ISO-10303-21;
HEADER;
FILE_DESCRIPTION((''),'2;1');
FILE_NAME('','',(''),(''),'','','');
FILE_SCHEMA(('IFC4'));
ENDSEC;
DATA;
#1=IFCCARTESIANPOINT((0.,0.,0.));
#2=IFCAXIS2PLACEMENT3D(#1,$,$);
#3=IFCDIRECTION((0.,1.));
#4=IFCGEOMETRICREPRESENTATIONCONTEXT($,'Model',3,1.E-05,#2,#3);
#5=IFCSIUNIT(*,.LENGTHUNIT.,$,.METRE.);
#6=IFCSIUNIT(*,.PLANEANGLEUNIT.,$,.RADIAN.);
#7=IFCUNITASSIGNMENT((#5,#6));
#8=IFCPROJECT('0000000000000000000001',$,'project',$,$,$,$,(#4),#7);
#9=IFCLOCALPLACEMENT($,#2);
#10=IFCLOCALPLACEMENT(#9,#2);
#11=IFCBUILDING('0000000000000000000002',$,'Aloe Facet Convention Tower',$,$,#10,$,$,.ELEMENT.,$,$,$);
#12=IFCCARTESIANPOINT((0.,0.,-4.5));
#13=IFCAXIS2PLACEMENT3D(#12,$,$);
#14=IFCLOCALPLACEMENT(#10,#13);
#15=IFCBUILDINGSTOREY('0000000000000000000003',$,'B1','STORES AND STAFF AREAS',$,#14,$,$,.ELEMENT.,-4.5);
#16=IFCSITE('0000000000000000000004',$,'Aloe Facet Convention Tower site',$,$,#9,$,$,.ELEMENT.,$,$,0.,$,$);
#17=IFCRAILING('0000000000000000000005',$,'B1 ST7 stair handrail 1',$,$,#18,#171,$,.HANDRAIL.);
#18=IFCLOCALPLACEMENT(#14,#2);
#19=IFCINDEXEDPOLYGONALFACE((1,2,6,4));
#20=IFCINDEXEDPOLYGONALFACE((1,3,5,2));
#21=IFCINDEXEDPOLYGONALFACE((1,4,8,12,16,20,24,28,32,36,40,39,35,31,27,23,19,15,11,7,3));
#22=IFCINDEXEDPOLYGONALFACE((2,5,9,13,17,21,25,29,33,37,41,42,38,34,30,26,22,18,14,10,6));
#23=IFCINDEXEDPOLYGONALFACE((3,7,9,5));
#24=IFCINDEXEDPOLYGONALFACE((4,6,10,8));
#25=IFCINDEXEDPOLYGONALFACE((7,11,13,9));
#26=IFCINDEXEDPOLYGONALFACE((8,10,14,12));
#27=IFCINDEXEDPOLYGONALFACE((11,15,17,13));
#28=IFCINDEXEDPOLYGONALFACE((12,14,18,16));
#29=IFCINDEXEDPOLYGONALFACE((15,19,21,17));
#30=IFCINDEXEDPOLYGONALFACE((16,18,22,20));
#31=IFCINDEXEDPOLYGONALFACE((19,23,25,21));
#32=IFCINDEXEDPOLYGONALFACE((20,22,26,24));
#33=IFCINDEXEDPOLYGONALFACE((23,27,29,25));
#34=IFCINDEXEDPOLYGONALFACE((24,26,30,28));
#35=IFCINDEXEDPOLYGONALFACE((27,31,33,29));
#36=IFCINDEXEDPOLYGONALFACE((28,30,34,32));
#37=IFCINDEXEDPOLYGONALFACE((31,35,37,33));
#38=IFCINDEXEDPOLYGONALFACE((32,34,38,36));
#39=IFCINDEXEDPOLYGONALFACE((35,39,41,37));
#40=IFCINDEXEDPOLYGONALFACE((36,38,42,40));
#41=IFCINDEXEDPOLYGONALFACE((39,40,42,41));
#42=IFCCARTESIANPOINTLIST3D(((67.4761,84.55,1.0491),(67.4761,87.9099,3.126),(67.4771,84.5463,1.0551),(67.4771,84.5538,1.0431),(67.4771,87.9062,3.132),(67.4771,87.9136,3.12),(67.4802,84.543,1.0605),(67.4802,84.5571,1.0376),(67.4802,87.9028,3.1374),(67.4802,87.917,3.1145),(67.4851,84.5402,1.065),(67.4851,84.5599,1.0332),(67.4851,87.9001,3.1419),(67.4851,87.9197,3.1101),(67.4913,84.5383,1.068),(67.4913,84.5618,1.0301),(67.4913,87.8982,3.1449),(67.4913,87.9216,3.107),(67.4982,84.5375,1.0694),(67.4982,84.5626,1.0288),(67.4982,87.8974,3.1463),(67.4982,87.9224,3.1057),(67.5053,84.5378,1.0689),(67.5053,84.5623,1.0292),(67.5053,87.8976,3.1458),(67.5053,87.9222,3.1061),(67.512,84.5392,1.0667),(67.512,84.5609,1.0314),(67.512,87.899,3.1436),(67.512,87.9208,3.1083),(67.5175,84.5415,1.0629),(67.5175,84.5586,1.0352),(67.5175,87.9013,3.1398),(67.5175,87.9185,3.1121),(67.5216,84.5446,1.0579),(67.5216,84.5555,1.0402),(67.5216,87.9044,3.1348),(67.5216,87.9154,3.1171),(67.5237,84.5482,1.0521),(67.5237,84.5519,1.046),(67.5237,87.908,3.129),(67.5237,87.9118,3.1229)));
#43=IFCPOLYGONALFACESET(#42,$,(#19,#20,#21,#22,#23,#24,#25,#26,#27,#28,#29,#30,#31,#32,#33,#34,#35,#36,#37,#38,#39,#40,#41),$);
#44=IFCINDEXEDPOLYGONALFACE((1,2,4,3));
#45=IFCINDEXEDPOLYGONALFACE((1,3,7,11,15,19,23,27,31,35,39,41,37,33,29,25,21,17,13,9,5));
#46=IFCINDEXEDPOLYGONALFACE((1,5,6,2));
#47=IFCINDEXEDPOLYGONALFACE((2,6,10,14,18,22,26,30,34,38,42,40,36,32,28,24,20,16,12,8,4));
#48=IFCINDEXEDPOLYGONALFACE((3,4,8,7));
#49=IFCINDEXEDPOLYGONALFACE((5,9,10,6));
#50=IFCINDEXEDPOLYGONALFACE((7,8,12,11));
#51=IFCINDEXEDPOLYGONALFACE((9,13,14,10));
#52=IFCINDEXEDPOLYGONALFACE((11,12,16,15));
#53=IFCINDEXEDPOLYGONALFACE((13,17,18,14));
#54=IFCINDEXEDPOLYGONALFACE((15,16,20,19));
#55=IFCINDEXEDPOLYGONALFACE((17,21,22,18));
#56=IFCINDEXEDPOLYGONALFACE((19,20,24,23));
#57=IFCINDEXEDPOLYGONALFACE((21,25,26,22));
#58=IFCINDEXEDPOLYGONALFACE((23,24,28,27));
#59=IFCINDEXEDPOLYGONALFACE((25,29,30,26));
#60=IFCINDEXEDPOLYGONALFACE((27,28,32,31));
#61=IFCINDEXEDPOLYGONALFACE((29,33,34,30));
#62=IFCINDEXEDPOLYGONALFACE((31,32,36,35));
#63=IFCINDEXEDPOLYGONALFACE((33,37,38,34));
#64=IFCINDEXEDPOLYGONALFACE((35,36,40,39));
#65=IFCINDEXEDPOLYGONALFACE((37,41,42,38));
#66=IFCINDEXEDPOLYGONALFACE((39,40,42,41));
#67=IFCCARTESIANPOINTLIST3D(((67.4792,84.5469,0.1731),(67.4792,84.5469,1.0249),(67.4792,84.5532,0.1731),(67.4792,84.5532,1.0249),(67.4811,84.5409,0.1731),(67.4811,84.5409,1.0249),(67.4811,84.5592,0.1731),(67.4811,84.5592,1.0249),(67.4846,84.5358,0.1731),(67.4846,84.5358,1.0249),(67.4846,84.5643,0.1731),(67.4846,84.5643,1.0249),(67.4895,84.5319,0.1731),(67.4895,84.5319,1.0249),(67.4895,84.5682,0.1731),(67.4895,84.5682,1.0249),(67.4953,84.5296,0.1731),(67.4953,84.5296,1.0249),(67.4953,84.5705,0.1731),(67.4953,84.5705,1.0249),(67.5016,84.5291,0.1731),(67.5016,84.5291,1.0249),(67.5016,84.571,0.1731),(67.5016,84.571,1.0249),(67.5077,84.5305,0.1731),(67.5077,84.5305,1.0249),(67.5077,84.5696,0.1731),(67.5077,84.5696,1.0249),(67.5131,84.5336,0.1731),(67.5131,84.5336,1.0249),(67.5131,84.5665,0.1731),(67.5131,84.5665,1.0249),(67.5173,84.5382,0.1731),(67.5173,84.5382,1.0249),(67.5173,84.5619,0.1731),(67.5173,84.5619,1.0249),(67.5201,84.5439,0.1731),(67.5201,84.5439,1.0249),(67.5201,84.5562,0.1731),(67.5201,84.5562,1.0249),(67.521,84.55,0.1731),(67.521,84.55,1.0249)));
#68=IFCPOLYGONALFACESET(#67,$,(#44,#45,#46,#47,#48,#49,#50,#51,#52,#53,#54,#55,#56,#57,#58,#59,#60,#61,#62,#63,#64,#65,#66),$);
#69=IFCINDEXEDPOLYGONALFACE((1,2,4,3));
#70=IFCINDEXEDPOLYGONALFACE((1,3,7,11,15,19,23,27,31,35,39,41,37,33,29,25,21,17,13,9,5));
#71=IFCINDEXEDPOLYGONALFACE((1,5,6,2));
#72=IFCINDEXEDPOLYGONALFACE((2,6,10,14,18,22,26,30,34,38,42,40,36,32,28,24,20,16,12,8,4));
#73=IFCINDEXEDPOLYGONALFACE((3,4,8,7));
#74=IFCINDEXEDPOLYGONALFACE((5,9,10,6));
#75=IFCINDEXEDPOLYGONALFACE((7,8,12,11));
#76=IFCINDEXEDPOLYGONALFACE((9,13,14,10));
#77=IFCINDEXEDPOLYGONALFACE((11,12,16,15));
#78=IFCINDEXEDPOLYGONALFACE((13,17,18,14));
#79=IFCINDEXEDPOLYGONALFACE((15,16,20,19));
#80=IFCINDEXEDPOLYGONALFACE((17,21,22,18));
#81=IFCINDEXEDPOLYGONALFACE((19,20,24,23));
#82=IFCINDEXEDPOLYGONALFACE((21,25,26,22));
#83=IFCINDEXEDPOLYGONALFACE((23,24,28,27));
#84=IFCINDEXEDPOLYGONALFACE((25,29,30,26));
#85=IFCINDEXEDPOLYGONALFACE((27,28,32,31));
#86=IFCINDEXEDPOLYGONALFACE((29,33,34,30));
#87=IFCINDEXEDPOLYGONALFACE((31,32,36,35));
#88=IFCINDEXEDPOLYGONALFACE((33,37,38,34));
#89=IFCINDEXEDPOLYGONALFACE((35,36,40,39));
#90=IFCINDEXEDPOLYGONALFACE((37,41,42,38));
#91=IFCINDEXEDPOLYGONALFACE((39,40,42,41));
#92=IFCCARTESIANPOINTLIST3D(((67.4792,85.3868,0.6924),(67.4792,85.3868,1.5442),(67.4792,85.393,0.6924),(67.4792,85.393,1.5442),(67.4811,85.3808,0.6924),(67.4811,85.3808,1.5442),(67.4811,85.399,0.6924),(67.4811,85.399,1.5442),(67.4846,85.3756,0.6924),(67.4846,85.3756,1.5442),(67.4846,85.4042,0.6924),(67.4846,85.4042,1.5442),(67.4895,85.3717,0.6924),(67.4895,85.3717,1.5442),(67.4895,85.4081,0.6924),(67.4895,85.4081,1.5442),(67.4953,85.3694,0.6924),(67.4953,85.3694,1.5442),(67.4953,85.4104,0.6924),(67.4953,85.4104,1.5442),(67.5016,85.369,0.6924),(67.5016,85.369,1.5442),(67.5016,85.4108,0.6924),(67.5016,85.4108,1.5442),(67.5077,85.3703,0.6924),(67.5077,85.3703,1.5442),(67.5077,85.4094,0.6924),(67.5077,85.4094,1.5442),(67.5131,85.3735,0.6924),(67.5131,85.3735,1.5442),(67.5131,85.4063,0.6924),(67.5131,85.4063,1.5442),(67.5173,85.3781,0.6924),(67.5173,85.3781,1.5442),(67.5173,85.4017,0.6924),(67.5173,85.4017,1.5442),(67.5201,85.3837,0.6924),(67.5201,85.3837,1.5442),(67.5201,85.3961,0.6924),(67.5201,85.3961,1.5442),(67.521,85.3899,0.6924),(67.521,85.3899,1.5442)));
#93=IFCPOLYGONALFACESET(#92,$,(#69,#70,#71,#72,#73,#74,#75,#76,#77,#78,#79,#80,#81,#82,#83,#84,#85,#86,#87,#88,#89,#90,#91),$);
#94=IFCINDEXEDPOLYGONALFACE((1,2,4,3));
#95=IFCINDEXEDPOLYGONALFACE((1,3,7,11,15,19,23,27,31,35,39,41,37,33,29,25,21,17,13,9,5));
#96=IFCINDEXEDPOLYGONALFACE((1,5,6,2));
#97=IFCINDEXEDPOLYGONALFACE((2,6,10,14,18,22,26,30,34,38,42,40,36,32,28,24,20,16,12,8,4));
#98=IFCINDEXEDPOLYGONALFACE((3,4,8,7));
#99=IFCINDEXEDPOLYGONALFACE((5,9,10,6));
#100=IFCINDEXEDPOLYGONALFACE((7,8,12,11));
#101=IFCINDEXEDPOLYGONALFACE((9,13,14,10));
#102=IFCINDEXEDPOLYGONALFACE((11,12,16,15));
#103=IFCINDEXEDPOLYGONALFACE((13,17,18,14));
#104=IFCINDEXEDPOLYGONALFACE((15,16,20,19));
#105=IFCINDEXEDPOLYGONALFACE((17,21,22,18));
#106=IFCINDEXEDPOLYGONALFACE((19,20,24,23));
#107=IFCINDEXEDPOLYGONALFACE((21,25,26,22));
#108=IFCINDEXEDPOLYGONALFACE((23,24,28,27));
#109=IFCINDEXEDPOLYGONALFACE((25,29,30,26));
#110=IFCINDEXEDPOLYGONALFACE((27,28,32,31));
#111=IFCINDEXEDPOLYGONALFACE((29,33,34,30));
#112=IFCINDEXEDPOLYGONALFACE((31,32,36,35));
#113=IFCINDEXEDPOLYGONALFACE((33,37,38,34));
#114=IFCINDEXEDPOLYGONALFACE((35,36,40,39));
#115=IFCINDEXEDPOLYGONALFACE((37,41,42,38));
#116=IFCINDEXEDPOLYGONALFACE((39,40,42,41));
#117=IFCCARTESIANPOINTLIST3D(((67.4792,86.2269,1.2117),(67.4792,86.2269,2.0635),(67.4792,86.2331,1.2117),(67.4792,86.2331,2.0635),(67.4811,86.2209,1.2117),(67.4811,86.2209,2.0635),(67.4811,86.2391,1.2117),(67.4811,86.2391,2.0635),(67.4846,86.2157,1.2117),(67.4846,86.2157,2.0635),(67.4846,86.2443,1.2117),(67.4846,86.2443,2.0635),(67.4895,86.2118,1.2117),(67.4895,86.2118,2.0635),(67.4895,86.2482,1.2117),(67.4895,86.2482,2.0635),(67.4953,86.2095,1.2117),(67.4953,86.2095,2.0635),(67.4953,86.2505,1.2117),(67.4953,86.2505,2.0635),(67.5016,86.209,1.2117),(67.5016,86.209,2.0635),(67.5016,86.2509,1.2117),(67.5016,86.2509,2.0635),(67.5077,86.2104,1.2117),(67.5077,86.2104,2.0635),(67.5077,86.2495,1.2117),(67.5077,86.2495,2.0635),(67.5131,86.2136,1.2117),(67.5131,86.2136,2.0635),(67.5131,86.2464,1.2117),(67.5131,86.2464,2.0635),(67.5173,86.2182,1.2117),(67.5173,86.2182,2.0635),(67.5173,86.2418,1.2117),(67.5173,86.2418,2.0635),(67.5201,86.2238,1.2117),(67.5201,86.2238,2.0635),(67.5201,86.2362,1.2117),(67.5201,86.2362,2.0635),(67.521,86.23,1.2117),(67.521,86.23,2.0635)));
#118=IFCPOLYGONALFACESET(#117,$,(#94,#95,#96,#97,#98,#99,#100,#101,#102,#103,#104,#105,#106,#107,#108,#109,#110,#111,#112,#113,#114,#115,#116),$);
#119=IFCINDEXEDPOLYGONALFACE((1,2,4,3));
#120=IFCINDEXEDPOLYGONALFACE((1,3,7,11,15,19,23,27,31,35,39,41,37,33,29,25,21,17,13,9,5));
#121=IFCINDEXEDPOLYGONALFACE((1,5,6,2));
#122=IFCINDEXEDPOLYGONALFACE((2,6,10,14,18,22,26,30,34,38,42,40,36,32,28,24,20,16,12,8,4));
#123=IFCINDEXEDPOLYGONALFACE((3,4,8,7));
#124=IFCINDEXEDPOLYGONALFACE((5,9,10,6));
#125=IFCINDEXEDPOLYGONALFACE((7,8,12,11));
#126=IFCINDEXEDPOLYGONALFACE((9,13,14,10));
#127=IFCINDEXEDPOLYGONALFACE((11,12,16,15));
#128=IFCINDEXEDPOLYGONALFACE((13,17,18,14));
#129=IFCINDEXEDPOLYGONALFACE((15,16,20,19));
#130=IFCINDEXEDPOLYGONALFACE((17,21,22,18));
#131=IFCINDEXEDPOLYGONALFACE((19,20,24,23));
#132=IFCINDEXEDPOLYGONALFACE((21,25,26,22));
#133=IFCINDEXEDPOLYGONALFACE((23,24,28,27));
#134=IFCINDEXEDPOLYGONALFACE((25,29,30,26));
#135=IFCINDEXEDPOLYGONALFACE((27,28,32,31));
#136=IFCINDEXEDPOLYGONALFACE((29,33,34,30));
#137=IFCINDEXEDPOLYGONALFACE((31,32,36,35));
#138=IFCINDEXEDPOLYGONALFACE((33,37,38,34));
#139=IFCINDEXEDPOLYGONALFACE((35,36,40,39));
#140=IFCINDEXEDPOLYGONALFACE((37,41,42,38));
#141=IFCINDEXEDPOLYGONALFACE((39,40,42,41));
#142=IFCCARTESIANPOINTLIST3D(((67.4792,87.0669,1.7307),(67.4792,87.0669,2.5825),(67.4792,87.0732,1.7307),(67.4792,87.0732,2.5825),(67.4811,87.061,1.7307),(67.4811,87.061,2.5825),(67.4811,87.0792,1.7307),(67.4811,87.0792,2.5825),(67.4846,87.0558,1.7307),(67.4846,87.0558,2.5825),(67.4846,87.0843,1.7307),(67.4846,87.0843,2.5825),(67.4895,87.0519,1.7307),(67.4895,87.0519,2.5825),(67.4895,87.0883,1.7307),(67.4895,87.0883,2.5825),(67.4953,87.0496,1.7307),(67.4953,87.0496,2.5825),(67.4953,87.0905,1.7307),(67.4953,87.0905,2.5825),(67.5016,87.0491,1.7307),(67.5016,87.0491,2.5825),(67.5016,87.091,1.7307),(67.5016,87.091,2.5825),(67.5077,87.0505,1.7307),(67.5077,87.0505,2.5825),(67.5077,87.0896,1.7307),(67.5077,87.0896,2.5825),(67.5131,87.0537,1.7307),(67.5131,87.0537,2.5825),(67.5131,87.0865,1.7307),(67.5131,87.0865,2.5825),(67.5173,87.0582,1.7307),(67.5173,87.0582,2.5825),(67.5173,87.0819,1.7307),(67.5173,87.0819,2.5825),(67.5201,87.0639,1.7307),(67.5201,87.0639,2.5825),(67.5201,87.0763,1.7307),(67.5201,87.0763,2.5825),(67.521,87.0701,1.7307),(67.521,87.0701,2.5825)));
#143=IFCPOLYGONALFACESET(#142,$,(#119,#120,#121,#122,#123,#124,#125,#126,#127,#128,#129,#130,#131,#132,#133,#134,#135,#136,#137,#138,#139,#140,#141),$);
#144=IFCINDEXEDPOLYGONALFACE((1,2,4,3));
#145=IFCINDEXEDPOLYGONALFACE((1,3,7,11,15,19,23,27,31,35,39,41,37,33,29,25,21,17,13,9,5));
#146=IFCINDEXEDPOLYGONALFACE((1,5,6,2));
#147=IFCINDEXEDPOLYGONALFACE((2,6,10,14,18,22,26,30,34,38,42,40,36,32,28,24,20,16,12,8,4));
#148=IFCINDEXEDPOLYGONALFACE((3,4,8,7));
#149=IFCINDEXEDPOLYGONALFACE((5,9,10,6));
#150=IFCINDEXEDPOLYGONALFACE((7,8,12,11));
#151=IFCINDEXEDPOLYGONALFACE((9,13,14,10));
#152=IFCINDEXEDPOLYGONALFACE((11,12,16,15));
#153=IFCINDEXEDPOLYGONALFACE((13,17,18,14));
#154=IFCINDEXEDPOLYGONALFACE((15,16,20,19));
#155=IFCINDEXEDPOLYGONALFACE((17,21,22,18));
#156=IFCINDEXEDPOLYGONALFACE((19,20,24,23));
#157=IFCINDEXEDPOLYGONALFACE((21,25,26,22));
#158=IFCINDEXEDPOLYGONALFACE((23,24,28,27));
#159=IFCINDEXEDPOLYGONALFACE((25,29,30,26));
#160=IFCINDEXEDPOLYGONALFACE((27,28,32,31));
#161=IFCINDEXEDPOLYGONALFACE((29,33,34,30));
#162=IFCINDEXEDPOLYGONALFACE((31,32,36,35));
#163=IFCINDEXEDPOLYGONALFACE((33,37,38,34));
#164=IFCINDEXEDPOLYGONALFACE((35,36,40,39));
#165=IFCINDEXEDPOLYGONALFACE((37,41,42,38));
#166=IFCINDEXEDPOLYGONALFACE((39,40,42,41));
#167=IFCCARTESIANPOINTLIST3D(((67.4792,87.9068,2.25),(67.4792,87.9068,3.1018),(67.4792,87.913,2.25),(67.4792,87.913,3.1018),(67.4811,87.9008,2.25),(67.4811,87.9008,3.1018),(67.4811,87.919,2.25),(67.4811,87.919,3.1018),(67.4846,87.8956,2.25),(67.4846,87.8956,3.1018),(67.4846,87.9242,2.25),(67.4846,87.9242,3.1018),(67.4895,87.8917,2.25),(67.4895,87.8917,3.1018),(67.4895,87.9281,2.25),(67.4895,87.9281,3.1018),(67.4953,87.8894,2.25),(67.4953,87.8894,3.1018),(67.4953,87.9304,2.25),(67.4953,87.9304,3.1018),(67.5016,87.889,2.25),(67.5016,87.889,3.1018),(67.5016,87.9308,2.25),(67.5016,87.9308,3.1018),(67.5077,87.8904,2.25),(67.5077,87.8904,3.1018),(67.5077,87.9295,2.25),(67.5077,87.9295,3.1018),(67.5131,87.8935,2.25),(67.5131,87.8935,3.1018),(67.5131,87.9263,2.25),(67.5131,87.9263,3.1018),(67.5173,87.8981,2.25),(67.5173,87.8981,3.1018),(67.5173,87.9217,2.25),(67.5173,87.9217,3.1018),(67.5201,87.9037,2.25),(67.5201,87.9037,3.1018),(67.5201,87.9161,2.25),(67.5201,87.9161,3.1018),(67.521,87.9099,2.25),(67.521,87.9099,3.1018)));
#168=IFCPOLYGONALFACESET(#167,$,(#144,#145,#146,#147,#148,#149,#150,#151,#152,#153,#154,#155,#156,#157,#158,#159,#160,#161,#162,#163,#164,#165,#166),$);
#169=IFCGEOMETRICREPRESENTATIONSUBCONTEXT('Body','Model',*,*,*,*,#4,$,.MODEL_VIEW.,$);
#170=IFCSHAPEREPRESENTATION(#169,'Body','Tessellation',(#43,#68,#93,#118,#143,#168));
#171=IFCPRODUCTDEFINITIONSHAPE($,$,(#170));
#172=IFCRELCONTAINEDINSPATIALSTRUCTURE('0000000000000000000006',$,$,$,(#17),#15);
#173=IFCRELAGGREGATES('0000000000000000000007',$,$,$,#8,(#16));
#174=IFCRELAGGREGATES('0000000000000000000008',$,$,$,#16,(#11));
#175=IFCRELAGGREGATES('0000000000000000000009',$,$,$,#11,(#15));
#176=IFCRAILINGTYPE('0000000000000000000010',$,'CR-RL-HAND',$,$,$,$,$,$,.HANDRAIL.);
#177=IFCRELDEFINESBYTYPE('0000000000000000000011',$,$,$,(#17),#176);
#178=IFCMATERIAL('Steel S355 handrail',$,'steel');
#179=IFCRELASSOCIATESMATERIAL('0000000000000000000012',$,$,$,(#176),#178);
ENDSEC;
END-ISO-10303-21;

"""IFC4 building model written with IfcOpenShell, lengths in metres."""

from ifc_helpers import new_model, si_unit, direction, frame, origin, origin_2d, place, context, subcontext, project, spatial, circle, extrude, material, type_object, element, save


model = new_model("IFC4")

# Units and contexts
model_context = context("Model", 3, precision=1e-05, world=origin(), true_north=direction((0.0, 1.0)))
body_context = subcontext(model_context, "Body", "Model", "MODEL_VIEW")
ifc_project = project(units=[si_unit("LENGTHUNIT", "METRE"), si_unit("PLANEANGLEUNIT", "RADIAN")], contexts=[model_context])

# Site, building, storey
site_placement = place(None, origin())
site = spatial("IfcSite", under=ifc_project, at=site_placement, Name="Aloe Facet Convention Tower site", CompositionType="ELEMENT", RefElevation=0.0)
building_placement = place(site_placement, origin())
building = spatial("IfcBuilding", under=site, at=building_placement, Name="Aloe Facet Convention Tower", CompositionType="ELEMENT")
storey_placement = place(building_placement, frame((0.0, 0.0, -4.5)))
storey = spatial("IfcBuildingStorey", under=building, at=storey_placement, Name="B1", Description="STORES AND STAFF AREAS", CompositionType="ELEMENT", Elevation=-4.5)

# Railing
ifc_material_1 = material(Name="Steel S355 handrail", Category="steel")
railing_type_1 = type_object("IfcRailingType", Name="CR-RL-HAND", PredefinedType="HANDRAIL", material=ifc_material_1)
railing_1_placement = place(storey_placement, frame((67.5, 84.55, 0.1731)))
element("IfcRailing", 1, at=railing_1_placement, inside=storey, type_object=railing_type_1, Name="B1 ST7 stair handrail 1", PredefinedType="HANDRAIL", context=body_context, shape_type="SweptSolid", body=[
    extrude(circle(Radius=0.0239, at=origin_2d()), frame((0.0, 0.0, 0.876), z_axis=(0.0, 0.850606, 0.525803), x_axis=(-1.0, 0.0, 0.0)), (0.0, 0.0, 1.0), 3.95),
    extrude(circle(Radius=0.021, at=origin_2d()), origin(), (0.0, 0.0, 1.0), 0.8518),
    extrude(circle(Radius=0.021, at=origin_2d()), frame((0.0, 0.8398, 0.5193)), (0.0, 0.0, 1.0), 0.8518),
    extrude(circle(Radius=0.021, at=origin_2d()), frame((0.0, 1.6799, 1.0386)), (0.0, 0.0, 1.0), 0.8518),
    extrude(circle(Radius=0.021, at=origin_2d()), frame((0.0, 2.52, 1.5576)), (0.0, 0.0, 1.0), 0.8518),
    extrude(circle(Radius=0.021, at=origin_2d()), frame((0.0, 3.3599, 2.0769)), (0.0, 0.0, 1.0), 0.8518),
])

save(model, "model.ifc")
